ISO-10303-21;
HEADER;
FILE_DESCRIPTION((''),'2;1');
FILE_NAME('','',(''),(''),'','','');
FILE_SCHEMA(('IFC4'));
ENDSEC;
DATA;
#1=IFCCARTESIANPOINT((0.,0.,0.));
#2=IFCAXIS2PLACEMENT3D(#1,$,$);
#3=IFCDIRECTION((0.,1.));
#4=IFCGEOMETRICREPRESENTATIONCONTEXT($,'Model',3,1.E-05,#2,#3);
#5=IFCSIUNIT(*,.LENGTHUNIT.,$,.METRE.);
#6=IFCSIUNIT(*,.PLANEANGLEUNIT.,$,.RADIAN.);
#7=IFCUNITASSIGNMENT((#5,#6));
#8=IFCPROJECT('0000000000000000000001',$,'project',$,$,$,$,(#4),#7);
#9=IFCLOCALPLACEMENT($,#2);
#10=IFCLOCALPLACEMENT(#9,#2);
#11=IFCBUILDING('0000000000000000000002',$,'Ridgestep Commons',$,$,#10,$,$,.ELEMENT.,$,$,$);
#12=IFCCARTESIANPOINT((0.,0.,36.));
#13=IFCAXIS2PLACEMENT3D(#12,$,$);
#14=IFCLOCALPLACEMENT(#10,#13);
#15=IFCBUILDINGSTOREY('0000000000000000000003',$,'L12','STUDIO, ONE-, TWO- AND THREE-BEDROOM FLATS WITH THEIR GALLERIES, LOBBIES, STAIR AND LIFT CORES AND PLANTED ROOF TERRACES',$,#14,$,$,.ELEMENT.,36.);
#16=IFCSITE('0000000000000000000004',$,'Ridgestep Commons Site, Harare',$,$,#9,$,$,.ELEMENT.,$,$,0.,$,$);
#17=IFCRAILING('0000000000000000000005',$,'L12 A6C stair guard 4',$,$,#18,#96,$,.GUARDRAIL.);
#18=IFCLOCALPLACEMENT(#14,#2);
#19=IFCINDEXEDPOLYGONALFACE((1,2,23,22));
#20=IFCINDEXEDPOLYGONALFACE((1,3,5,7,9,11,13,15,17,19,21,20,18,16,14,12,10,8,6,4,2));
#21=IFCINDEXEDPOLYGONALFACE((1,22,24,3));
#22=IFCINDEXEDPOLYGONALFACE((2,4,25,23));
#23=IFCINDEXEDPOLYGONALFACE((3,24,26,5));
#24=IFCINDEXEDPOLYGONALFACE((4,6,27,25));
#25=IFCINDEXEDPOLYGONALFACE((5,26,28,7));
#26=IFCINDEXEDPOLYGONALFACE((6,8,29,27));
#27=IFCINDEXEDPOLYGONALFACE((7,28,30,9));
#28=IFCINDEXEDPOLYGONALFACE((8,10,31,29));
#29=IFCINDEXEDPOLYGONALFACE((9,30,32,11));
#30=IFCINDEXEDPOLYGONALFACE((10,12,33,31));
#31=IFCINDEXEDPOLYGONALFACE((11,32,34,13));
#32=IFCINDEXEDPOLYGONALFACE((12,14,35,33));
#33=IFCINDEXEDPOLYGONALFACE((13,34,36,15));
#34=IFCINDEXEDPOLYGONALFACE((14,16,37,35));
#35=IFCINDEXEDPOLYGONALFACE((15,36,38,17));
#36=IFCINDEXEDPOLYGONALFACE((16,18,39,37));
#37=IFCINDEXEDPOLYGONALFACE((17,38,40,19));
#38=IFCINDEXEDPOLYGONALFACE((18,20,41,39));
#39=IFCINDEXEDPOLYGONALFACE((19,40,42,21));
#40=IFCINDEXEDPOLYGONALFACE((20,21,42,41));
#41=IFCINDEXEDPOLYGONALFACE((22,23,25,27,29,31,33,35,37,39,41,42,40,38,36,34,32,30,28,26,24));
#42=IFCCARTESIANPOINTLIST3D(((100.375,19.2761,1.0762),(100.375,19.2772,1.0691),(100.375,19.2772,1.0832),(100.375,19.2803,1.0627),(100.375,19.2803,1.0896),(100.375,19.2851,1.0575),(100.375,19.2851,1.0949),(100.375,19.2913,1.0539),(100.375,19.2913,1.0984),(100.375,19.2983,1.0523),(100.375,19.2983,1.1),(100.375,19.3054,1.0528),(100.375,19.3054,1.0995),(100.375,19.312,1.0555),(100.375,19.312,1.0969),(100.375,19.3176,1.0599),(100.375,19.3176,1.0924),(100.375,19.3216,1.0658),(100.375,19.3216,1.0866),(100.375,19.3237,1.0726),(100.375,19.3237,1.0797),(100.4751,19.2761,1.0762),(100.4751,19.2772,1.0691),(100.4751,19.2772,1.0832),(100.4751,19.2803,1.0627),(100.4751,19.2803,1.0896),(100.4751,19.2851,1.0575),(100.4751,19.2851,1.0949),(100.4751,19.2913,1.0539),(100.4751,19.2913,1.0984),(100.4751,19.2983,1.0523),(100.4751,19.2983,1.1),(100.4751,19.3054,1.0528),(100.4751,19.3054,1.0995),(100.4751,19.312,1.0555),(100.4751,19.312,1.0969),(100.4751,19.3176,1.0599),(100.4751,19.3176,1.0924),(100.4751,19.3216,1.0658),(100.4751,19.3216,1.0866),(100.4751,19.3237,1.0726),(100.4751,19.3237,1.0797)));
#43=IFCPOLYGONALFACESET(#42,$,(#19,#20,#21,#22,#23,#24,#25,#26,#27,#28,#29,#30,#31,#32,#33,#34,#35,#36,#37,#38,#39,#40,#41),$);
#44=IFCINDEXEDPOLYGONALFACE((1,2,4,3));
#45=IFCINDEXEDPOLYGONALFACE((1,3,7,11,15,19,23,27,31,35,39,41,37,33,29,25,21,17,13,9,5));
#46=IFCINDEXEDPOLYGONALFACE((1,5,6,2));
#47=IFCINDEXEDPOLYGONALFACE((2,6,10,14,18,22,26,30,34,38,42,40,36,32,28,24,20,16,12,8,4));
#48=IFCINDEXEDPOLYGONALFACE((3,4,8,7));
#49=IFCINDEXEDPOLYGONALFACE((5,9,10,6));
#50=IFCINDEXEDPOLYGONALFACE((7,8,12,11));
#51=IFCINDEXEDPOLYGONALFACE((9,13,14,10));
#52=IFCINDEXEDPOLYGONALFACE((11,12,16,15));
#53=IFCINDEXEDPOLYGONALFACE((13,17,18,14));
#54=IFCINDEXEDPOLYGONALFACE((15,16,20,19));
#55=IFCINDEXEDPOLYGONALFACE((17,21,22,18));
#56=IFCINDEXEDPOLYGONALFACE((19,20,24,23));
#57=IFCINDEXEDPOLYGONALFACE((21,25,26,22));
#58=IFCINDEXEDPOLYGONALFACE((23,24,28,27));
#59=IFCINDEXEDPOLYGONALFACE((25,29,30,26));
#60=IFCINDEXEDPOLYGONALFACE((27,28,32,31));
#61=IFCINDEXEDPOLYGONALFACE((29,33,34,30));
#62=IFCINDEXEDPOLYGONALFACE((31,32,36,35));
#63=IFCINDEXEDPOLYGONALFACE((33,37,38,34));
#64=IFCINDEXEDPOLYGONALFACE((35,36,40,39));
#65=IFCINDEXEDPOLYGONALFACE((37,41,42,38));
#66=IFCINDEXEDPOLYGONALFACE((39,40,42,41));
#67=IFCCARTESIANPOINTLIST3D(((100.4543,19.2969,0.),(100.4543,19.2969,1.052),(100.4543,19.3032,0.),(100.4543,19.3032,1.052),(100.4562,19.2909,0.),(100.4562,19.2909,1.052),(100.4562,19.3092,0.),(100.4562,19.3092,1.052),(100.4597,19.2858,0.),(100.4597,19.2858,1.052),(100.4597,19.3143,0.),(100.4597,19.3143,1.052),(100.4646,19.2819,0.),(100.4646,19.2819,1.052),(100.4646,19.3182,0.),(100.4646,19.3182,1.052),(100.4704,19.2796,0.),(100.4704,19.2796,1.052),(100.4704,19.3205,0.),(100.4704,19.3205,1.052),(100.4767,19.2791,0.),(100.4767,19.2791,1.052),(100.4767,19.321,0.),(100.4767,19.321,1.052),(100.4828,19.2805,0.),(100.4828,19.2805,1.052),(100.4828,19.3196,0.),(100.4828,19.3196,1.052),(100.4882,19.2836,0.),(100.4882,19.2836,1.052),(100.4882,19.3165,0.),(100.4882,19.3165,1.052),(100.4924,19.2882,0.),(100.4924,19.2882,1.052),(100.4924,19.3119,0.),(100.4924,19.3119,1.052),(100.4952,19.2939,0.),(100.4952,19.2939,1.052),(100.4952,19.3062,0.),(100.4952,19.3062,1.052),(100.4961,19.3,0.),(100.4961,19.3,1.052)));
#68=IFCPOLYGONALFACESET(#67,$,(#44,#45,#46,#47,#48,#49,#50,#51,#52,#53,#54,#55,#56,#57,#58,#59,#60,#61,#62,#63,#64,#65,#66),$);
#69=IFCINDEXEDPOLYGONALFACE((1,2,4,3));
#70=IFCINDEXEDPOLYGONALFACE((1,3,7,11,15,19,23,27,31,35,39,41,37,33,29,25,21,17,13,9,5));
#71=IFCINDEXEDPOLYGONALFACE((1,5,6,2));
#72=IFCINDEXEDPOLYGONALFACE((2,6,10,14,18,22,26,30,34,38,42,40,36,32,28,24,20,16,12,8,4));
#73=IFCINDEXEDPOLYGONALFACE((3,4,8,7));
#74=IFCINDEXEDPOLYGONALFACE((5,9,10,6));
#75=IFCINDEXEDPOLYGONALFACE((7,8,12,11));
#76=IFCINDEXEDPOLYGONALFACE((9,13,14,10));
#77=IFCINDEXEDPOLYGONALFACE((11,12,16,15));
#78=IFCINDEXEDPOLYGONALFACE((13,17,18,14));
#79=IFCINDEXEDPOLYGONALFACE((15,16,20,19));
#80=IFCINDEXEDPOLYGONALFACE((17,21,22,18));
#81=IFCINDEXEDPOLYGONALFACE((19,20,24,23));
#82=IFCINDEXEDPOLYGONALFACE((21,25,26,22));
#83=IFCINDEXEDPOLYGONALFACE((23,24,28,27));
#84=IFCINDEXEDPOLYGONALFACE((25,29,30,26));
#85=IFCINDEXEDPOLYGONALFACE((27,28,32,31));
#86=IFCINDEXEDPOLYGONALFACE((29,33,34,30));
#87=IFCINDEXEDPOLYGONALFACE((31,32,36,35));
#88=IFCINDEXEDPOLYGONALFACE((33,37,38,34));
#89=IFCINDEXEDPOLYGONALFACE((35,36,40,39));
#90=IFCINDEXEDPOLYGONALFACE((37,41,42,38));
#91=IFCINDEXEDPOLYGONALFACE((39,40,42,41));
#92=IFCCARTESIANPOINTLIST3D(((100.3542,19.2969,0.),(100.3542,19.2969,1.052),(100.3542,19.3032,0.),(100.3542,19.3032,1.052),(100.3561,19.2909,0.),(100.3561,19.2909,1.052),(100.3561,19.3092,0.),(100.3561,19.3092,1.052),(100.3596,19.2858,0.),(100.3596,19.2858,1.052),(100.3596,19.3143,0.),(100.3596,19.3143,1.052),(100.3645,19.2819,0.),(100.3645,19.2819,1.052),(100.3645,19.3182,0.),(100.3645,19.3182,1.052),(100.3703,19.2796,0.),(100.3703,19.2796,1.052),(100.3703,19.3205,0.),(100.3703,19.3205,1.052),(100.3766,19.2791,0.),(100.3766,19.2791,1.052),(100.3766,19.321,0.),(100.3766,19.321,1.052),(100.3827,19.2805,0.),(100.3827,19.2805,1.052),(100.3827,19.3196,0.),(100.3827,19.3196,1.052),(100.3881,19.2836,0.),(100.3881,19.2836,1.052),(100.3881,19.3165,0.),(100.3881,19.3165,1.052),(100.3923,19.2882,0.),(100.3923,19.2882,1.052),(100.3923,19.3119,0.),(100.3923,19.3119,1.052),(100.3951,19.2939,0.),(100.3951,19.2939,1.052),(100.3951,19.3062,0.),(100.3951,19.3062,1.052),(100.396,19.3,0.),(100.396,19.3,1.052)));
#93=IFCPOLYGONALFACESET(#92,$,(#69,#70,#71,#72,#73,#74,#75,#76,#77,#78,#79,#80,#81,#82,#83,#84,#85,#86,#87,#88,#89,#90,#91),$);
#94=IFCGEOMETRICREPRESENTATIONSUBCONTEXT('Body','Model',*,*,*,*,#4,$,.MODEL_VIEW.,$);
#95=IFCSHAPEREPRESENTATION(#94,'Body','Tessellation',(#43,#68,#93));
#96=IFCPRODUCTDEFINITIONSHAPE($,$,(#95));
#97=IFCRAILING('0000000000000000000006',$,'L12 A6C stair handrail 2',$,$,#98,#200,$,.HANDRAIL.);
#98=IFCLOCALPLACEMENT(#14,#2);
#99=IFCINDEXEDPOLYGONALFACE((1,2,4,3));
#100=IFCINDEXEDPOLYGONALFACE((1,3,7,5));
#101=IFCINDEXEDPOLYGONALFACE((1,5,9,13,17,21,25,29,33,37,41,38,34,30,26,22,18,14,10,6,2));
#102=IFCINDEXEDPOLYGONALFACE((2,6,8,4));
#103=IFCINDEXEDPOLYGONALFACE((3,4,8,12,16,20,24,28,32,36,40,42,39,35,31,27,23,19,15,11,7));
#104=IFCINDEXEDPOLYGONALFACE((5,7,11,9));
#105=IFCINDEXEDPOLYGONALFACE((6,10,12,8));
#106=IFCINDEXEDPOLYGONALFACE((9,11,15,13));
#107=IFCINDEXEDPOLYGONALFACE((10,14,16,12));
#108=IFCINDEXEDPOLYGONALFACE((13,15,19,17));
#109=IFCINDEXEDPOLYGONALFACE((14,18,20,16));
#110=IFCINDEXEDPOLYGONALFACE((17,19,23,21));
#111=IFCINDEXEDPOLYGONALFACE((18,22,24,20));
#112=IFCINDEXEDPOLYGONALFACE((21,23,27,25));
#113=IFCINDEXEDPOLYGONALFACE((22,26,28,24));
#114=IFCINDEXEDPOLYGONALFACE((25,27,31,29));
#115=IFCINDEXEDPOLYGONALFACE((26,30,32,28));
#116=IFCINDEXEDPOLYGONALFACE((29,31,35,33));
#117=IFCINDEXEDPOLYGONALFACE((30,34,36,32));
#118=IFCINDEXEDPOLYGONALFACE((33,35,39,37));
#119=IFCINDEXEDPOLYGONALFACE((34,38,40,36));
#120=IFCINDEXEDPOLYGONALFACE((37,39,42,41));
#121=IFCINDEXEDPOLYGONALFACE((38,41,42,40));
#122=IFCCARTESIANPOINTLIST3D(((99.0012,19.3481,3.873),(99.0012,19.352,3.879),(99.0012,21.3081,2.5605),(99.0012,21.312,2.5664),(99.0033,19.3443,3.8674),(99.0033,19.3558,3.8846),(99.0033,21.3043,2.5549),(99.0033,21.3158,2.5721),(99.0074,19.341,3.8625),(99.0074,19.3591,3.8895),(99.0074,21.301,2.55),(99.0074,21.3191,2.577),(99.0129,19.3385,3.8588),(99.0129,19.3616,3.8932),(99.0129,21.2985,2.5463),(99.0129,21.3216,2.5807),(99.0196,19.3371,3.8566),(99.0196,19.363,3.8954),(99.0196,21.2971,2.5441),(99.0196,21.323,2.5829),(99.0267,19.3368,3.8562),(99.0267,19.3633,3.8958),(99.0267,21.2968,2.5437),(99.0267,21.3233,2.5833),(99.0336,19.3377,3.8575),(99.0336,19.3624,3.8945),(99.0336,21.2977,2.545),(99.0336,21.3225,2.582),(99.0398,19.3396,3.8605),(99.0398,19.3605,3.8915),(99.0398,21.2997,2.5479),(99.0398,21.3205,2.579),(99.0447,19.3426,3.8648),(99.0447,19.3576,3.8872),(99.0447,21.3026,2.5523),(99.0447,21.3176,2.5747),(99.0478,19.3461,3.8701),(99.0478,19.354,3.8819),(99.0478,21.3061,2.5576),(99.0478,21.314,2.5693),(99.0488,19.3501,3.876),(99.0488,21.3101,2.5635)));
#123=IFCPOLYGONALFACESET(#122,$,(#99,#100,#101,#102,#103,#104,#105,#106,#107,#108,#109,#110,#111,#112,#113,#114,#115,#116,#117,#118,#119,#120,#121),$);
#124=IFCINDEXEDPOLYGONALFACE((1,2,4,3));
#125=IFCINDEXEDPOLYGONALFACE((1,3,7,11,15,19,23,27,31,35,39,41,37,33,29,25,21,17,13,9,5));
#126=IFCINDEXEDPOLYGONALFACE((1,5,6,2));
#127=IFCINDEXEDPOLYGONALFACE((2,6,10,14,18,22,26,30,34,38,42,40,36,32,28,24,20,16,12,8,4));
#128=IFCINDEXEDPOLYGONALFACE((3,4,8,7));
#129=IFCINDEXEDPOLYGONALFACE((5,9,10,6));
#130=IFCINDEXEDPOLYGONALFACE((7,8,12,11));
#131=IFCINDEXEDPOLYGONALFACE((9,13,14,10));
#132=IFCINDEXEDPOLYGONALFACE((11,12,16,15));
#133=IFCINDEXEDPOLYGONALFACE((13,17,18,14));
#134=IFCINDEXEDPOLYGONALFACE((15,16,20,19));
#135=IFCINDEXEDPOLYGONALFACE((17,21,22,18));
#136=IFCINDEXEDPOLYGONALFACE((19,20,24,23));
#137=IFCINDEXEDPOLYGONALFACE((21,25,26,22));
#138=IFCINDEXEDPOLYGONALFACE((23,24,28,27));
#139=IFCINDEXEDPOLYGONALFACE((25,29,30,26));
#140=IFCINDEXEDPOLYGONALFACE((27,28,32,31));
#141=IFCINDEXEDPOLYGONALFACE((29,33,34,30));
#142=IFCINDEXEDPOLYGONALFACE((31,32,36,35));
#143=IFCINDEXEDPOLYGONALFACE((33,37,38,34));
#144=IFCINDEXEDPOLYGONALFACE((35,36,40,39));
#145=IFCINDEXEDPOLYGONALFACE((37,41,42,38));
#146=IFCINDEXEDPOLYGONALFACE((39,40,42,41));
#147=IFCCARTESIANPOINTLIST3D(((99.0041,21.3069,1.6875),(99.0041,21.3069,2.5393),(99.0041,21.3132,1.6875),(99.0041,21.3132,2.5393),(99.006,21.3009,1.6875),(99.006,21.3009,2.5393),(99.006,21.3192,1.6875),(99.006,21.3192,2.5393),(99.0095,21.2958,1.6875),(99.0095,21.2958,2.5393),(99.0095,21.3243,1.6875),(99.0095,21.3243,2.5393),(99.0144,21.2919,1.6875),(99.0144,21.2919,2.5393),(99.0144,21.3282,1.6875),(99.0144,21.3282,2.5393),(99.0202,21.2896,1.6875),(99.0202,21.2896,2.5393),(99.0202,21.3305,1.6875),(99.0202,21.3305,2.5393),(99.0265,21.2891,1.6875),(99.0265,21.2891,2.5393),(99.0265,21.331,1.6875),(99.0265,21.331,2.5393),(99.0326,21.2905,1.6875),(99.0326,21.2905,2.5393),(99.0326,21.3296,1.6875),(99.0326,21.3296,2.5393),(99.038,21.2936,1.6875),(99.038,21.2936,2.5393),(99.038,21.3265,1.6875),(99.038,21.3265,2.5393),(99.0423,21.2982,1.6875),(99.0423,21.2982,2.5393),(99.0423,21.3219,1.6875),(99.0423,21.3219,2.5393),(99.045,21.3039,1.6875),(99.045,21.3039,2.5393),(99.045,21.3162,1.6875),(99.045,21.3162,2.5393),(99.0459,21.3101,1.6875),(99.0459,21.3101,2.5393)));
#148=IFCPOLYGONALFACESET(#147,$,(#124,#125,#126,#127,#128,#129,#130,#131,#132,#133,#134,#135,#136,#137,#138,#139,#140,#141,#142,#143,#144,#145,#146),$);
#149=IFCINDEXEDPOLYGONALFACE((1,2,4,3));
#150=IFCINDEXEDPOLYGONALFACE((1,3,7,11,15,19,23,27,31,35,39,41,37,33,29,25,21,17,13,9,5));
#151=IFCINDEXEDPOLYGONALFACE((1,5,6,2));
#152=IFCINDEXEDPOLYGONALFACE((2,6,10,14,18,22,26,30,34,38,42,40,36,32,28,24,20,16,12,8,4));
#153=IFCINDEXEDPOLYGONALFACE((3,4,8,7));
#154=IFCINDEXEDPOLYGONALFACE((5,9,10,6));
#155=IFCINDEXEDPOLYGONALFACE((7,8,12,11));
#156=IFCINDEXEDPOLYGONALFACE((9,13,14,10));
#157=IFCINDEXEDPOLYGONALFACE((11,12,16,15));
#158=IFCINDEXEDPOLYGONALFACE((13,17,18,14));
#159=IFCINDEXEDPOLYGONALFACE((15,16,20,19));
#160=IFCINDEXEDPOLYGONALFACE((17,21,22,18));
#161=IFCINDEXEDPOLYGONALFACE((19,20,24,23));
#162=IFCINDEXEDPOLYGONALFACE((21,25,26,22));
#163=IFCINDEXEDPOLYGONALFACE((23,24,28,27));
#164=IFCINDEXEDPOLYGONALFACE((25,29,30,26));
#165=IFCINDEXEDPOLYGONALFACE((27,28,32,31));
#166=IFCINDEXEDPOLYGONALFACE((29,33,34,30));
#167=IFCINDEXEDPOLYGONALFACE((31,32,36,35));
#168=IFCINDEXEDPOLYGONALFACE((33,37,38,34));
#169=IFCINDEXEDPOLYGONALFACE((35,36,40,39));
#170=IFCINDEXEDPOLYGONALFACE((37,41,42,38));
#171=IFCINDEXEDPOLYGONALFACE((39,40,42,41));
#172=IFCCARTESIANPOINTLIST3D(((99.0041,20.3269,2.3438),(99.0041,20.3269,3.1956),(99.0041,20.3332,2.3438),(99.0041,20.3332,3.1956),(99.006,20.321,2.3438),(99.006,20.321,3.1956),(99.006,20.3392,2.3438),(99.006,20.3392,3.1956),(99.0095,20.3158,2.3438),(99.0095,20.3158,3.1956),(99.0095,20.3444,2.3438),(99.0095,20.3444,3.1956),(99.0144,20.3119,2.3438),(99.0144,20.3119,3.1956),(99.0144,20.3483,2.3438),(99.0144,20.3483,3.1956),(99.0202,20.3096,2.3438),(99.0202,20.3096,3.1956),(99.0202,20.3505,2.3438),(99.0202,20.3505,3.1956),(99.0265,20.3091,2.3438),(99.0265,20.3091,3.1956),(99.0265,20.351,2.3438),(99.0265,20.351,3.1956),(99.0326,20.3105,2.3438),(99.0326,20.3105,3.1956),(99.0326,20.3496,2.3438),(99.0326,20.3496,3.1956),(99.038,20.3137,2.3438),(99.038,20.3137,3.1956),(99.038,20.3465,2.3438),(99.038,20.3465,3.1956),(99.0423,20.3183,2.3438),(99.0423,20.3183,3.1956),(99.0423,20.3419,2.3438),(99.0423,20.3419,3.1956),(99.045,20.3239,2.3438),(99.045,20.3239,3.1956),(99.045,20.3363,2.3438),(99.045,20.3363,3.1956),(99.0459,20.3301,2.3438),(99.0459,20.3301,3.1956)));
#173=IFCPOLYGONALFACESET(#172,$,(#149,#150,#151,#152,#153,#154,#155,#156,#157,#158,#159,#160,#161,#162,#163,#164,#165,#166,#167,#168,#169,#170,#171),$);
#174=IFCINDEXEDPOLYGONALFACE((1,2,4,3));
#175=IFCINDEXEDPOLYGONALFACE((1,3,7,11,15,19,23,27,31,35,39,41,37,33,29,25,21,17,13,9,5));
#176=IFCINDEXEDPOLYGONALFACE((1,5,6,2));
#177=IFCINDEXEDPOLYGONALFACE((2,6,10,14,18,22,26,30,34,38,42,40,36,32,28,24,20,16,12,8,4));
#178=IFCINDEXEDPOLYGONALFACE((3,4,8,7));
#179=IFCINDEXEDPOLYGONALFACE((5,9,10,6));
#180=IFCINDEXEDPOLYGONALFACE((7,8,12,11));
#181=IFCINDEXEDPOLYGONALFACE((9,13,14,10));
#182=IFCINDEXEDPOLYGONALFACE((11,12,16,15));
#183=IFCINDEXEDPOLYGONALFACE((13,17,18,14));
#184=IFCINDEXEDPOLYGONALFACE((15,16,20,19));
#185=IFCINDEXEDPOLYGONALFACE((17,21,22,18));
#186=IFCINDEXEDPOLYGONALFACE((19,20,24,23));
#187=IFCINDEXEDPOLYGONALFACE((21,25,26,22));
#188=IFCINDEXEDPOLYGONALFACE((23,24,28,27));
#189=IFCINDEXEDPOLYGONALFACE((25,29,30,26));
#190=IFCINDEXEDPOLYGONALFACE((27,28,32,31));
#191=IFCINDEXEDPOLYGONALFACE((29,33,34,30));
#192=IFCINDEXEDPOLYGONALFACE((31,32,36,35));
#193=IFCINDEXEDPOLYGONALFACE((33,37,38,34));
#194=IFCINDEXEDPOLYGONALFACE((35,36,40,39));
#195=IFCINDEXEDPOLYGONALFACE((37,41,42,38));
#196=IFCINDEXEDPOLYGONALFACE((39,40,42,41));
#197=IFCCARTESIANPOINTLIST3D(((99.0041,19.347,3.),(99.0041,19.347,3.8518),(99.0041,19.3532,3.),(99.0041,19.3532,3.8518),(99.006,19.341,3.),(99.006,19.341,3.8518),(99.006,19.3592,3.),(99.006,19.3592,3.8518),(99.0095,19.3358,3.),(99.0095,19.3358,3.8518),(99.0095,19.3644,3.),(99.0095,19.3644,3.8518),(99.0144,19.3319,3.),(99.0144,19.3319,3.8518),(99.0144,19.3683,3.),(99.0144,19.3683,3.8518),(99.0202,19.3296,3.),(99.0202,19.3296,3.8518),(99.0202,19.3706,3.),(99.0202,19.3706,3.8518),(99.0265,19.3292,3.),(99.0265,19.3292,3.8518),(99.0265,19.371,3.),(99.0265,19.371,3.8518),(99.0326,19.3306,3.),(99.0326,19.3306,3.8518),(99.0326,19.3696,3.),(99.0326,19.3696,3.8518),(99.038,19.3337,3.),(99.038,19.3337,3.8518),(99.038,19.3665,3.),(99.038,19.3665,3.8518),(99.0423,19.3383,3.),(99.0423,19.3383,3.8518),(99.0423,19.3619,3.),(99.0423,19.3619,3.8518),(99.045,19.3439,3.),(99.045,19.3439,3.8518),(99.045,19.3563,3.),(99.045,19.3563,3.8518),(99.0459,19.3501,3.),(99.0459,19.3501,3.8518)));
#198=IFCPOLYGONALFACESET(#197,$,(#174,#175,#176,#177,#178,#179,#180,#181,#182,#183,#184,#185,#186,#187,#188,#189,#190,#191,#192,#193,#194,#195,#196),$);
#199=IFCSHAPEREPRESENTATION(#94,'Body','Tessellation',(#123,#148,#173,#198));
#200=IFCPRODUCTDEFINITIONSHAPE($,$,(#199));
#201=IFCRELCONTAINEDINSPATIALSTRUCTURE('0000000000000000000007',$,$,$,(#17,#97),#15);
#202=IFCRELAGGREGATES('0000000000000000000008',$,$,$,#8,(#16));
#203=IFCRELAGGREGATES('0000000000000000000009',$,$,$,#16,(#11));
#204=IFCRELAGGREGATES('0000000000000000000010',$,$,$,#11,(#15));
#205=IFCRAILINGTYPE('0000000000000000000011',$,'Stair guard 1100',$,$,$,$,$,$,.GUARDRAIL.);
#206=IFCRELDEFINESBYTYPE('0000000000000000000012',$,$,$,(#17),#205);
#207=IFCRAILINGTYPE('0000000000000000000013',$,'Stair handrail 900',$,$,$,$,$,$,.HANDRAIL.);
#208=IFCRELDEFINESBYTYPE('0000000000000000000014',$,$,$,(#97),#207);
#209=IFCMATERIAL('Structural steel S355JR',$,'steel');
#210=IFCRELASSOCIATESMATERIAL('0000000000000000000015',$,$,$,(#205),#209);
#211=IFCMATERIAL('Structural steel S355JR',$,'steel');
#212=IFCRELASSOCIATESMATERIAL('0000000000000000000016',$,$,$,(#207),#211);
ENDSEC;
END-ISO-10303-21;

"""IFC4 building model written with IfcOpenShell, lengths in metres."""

from ifc_helpers import new_model, si_unit, direction, frame, origin, origin_2d, place, context, subcontext, project, spatial, circle, extrude, material, type_object, element, save


model = new_model("IFC4")

# Units and contexts
model_context = context("Model", 3, precision=1e-05, world=origin(), true_north=direction((0.0, 1.0)))
body_context = subcontext(model_context, "Body", "Model", "MODEL_VIEW")
ifc_project = project(units=[si_unit("LENGTHUNIT", "METRE"), si_unit("PLANEANGLEUNIT", "RADIAN")], contexts=[model_context])

# Site, building, storey
site_placement = place(None, origin())
site = spatial("IfcSite", under=ifc_project, at=site_placement, Name="Ridgestep Commons Site, Harare", CompositionType="ELEMENT", RefElevation=0.0)
building_placement = place(site_placement, origin())
building = spatial("IfcBuilding", under=site, at=building_placement, Name="Ridgestep Commons", CompositionType="ELEMENT")
storey_placement = place(building_placement, frame((0.0, 0.0, 36.0)))
storey = spatial("IfcBuildingStorey", under=building, at=storey_placement, Name="L12", Description="STUDIO, ONE-, TWO- AND THREE-BEDROOM FLATS WITH THEIR GALLERIES, LOBBIES, STAIR AND LIFT CORES AND PLANTED ROOF TERRACES", CompositionType="ELEMENT", Elevation=36.0)

# Railings
ifc_material_1 = material(Name="Structural steel S355JR", Category="steel")
railing_type_1 = type_object("IfcRailingType", Name="Stair guard 1100", PredefinedType="GUARDRAIL", material=ifc_material_1)
railing_1_placement = place(storey_placement, frame((100.4751, 19.3, 0.0)))
element("IfcRailing", 1, at=railing_1_placement, inside=storey, type_object=railing_type_1, Name="L12 A6C stair guard 4", PredefinedType="GUARDRAIL", context=body_context, shape_type="SweptSolid", body=[
    extrude(circle(Radius=0.0239, at=origin_2d()), frame((0.0, 0.0, 1.0762), z_axis=(-1.0, 0.0, 0.0), x_axis=(0.0, -1.0, 0.0)), (0.0, 0.0, 1.0), 0.1001),
    extrude(circle(Radius=0.021, at=origin_2d()), origin(), (0.0, 0.0, 1.0), 1.052),
    extrude(circle(Radius=0.021, at=origin_2d()), frame((-0.1001, 0.0, 0.0)), (0.0, 0.0, 1.0), 1.052),
])
ifc_material_2 = material(Name="Structural steel S355JR", Category="steel")
railing_type_2 = type_object("IfcRailingType", Name="Stair handrail 900", PredefinedType="HANDRAIL", material=ifc_material_2)
railing_2_placement = place(storey_placement, frame((99.0249, 21.3101, 1.6875)))
element("IfcRailing", 2, at=railing_2_placement, inside=storey, type_object=railing_type_2, Name="L12 A6C stair handrail 2", PredefinedType="HANDRAIL", context=body_context, shape_type="SweptSolid", body=[
    extrude(circle(Radius=0.0239, at=origin_2d()), frame((0.0, 0.0, 0.876), z_axis=(0.0, -0.830902, 0.556419), x_axis=(1.0, 0.0, 0.0)), (0.0, 0.0, 1.0), 2.3589),
    extrude(circle(Radius=0.021, at=origin_2d()), origin(), (0.0, 0.0, 1.0), 0.8518),
    extrude(circle(Radius=0.021, at=origin_2d()), frame((0.0, -0.98, 0.6562)), (0.0, 0.0, 1.0), 0.8518),
    extrude(circle(Radius=0.021, at=origin_2d()), frame((0.0, -1.96, 1.3125)), (0.0, 0.0, 1.0), 0.8518),
])

save(model, "model.ifc")
